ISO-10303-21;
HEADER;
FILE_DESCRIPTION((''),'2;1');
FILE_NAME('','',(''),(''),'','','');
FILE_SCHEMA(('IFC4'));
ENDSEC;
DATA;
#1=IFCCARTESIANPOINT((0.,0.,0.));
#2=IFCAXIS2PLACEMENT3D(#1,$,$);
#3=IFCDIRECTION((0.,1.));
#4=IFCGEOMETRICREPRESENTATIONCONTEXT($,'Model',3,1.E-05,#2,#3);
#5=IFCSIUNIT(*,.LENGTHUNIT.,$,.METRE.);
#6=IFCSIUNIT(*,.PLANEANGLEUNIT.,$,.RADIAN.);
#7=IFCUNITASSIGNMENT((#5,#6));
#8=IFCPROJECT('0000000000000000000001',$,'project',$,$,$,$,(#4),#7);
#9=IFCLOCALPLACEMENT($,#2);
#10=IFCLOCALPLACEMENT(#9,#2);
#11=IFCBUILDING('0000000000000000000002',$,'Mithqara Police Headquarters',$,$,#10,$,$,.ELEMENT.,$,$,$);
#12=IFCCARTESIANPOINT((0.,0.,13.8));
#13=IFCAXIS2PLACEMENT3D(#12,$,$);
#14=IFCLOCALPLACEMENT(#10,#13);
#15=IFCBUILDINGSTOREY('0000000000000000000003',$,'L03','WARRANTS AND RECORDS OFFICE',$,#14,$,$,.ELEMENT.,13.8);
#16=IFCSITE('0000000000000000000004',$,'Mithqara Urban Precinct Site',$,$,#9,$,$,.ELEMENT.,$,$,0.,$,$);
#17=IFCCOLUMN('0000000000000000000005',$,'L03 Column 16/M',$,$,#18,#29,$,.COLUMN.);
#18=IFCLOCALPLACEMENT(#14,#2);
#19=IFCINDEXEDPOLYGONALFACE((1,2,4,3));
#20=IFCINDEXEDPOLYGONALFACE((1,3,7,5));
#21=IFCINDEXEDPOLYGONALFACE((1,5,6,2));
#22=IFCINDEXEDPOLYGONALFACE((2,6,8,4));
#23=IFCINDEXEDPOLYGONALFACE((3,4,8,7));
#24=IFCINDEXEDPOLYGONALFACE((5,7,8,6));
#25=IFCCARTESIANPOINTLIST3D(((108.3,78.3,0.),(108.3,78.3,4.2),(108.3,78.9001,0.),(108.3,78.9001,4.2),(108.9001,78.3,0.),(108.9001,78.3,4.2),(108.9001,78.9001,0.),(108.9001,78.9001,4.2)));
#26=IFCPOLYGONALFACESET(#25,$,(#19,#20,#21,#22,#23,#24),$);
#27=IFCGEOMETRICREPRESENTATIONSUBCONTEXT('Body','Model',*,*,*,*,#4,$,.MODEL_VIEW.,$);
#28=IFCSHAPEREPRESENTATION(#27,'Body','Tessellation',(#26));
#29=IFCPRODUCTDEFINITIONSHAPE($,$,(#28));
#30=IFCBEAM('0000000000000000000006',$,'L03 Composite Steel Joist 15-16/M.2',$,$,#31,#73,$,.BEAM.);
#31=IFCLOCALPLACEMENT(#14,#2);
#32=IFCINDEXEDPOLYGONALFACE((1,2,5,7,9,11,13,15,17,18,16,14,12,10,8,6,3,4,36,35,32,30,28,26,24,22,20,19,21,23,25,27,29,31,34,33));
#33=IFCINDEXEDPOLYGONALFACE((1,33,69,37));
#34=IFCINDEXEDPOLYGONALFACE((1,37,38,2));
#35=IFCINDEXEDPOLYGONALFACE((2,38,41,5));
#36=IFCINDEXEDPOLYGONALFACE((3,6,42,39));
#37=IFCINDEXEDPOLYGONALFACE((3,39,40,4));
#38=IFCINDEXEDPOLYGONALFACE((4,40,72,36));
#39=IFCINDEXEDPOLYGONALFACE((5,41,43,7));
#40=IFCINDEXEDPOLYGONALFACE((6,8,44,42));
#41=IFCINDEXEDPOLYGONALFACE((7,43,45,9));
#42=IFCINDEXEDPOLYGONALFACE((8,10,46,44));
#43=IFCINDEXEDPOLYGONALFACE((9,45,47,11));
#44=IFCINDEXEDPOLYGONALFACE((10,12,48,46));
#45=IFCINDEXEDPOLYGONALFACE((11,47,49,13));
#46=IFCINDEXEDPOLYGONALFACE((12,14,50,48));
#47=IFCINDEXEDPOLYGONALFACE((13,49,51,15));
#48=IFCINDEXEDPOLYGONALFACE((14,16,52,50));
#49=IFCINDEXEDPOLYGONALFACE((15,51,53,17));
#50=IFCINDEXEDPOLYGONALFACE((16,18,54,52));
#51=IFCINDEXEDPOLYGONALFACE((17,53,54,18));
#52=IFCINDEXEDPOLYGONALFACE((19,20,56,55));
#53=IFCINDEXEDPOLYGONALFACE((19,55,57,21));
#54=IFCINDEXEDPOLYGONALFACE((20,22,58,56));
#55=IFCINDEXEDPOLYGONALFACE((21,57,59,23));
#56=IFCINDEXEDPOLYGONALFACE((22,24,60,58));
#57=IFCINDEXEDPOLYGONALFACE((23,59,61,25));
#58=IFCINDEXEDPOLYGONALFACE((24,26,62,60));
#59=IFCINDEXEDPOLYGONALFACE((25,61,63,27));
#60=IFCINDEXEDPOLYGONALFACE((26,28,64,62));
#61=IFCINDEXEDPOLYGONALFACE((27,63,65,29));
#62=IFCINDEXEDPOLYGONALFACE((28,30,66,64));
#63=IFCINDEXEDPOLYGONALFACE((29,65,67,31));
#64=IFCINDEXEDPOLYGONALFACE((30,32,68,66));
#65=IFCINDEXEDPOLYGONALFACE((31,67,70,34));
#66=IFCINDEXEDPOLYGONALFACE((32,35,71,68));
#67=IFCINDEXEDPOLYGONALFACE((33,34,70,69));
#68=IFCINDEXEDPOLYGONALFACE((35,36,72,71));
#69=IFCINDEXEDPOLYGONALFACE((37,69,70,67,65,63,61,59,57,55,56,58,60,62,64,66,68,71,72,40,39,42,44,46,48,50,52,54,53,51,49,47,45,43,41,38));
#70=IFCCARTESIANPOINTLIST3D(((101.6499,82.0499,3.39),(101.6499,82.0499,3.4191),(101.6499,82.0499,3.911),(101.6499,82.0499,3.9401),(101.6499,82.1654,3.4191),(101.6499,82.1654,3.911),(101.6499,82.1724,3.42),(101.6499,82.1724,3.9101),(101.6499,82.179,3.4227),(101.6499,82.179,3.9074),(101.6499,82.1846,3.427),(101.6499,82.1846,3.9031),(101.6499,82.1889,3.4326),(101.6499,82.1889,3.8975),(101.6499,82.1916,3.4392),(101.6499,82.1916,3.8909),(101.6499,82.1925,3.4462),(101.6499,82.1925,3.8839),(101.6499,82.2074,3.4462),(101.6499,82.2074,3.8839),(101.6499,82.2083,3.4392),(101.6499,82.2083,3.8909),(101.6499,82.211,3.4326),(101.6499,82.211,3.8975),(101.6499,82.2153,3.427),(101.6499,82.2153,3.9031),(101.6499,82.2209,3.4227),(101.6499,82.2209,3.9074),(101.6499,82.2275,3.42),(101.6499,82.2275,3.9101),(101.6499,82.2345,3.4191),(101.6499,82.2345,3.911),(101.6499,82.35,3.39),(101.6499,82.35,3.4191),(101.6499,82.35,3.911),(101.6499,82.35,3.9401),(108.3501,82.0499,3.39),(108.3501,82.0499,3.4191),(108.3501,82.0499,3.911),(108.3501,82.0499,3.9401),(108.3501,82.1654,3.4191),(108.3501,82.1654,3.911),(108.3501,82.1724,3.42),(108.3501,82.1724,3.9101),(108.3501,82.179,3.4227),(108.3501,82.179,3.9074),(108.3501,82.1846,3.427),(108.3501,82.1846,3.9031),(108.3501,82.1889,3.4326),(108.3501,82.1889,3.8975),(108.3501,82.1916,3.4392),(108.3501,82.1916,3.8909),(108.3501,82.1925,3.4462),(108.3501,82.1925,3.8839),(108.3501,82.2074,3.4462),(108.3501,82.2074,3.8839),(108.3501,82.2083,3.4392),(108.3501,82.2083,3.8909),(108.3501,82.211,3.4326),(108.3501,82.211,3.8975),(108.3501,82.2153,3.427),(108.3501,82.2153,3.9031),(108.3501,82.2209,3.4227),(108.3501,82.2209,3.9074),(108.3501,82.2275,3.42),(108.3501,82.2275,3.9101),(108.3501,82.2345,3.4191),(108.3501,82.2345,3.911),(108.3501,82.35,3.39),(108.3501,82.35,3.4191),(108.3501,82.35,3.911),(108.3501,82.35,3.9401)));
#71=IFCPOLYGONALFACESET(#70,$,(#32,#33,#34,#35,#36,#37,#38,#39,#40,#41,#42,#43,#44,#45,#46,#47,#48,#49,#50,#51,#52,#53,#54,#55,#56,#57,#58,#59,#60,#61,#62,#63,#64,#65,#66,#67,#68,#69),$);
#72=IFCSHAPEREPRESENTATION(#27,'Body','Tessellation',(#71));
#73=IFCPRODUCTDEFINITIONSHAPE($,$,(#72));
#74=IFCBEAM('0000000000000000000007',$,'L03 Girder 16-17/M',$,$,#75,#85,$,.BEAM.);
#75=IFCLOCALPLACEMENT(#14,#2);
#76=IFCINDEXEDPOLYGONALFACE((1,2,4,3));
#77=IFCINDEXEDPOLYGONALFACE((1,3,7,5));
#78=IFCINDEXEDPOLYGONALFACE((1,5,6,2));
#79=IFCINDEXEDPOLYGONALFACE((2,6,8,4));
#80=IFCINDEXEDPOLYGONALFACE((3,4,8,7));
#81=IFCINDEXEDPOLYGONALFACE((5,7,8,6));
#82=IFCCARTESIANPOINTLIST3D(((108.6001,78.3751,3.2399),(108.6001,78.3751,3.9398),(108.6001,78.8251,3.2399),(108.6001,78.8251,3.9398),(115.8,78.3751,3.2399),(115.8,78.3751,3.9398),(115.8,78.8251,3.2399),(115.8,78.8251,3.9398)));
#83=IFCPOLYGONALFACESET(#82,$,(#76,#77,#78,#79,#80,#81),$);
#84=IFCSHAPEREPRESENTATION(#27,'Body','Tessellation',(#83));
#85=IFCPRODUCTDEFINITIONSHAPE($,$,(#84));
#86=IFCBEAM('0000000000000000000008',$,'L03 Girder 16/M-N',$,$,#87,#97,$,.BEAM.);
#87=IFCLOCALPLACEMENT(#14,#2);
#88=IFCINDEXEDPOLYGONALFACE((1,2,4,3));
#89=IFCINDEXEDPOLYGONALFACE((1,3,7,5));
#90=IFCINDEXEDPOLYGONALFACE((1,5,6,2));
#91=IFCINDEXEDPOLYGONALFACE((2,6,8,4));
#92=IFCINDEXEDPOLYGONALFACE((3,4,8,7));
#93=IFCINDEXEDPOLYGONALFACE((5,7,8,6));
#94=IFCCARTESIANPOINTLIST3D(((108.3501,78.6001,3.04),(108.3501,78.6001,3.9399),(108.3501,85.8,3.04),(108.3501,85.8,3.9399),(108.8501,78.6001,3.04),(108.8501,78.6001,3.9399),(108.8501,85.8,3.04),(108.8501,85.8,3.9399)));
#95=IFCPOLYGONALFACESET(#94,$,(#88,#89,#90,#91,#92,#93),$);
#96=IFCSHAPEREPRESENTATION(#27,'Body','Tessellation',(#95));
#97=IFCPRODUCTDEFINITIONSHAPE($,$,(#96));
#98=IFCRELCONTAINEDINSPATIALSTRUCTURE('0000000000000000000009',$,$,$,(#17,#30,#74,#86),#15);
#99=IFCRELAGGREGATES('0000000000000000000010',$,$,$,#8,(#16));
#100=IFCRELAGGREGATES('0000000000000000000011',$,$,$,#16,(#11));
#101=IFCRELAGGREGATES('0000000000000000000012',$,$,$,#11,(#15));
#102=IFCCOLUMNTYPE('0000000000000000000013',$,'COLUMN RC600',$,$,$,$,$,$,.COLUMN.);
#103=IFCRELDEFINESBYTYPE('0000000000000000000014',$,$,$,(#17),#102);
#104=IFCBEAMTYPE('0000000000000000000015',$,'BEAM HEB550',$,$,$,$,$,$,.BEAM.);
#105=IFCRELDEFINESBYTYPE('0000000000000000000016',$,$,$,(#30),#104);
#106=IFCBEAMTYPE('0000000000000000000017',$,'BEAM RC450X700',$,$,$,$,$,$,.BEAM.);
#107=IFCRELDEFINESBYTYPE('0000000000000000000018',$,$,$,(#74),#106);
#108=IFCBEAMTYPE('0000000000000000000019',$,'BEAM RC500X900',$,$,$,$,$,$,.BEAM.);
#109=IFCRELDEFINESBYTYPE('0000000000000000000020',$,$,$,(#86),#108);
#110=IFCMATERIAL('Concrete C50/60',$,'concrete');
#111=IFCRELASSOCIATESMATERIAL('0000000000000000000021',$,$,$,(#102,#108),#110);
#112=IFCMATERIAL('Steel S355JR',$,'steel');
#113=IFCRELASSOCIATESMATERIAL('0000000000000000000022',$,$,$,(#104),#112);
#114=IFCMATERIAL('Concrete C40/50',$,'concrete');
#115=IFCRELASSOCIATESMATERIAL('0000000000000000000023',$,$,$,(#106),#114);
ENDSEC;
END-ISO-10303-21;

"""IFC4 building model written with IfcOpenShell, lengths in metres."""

from ifc_helpers import new_model, si_unit, direction, frame, origin, origin_2d, place, context, subcontext, project, spatial, rectangle, i_section, extrude, material, material_profile, profile_set, type_object, element, save


model = new_model("IFC4")

# Units and contexts
model_context = context("Model", 3, precision=1e-05, world=origin(), true_north=direction((0.0, 1.0)))
body_context = subcontext(model_context, "Body", "Model", "MODEL_VIEW")
ifc_project = project(units=[si_unit("LENGTHUNIT", "METRE"), si_unit("PLANEANGLEUNIT", "RADIAN")], contexts=[model_context])

# Site, building, storey
site_placement = place(None, origin())
site = spatial("IfcSite", under=ifc_project, at=site_placement, Name="Mithqara Urban Precinct Site", CompositionType="ELEMENT", RefElevation=0.0)
building_placement = place(site_placement, origin())
building = spatial("IfcBuilding", under=site, at=building_placement, Name="Mithqara Police Headquarters", CompositionType="ELEMENT")
storey_placement = place(building_placement, frame((0.0, 0.0, 13.8)))
storey = spatial("IfcBuildingStorey", under=building, at=storey_placement, Name="L03", Description="WARRANTS AND RECORDS OFFICE", CompositionType="ELEMENT", Elevation=13.8)

# Column
ifc_material_1 = material(Name="Concrete C50/60", Category="concrete")
ifc_material_profile_1 = material_profile(ifc_material_1, rectangle(XDim=0.6001, YDim=0.6001, at=origin_2d()), Name="RC 600x600")
ifc_profile_set_1 = profile_set([ifc_material_profile_1], Name="Concrete C50/60")
column_type = type_object("IfcColumnType", Name="COLUMN RC600", PredefinedType="COLUMN", material=ifc_profile_set_1)
column_placement = place(storey_placement, frame((108.6001, 78.6001, 0.0), z_axis=(0.0, 0.0, 1.0), x_axis=(1.0, 0.0, 0.0)))
element("IfcColumn", 1, at=column_placement, inside=storey, type_object=column_type, Name="L03 Column 16/M", PredefinedType="COLUMN", context=body_context, shape_type="SweptSolid", body=[
    extrude(rectangle(XDim=0.6001, YDim=0.6001, at=origin_2d()), origin(), (0.0, 0.0, 1.0), 4.2),
])

# Beams
ifc_material_2 = material(Name="Steel S355JR", Category="steel")
ifc_material_profile_2 = material_profile(ifc_material_2, i_section(OverallWidth=0.3, OverallDepth=0.55, WebThickness=0.0149, FlangeThickness=0.0291, FilletRadius=0.0271, at=origin_2d()), Name="HEB 550")
ifc_profile_set_2 = profile_set([ifc_material_profile_2], Name="Steel S355JR")
beam_type_1 = type_object("IfcBeamType", Name="BEAM HEB550", PredefinedType="BEAM", material=ifc_profile_set_2)
beam_1_placement = place(storey_placement, frame((101.6499, 82.2, 3.665), z_axis=(1.0, 0.0, 0.0), x_axis=(0.0, 1.0, 0.0)))
element("IfcBeam", 2, at=beam_1_placement, inside=storey, type_object=beam_type_1, Name="L03 Composite Steel Joist 15-16/M.2", PredefinedType="BEAM", context=body_context, shape_type="SweptSolid", body=[
    extrude(i_section(OverallWidth=0.3, OverallDepth=0.55, WebThickness=0.0149, FlangeThickness=0.0291, FilletRadius=0.0271, at=origin_2d()), origin(), (0.0, 0.0, 1.0), 6.7002),
])
ifc_material_3 = material(Name="Concrete C40/50", Category="concrete")
ifc_material_profile_3 = material_profile(ifc_material_3, rectangle(XDim=0.45, YDim=0.7, at=origin_2d()), Name="RC 450x700")
ifc_profile_set_3 = profile_set([ifc_material_profile_3], Name="Concrete C40/50")
beam_type_2 = type_object("IfcBeamType", Name="BEAM RC450X700", PredefinedType="BEAM", material=ifc_profile_set_3)
beam_2_placement = place(storey_placement, frame((108.6001, 78.6001, 3.5898), z_axis=(1.0, 0.0, 0.0), x_axis=(0.0, 1.0, 0.0)))
element("IfcBeam", 3, at=beam_2_placement, inside=storey, type_object=beam_type_2, Name="L03 Girder 16-17/M", PredefinedType="BEAM", context=body_context, shape_type="SweptSolid", body=[
    extrude(rectangle(XDim=0.45, YDim=0.7, at=origin_2d()), origin(), (0.0, 0.0, 1.0), 7.2),
])
ifc_material_profile_4 = material_profile(ifc_material_1, rectangle(XDim=0.5, YDim=0.8999, at=origin_2d()), Name="RC 500x900")
ifc_profile_set_4 = profile_set([ifc_material_profile_4], Name="Concrete C50/60")
beam_type_3 = type_object("IfcBeamType", Name="BEAM RC500X900", PredefinedType="BEAM", material=ifc_profile_set_4)
beam_3_placement = place(storey_placement, frame((108.6001, 78.6001, 3.49), z_axis=(0.0, 1.0, 0.0), x_axis=(-1.0, 0.0, 0.0)))
element("IfcBeam", 4, at=beam_3_placement, inside=storey, type_object=beam_type_3, Name="L03 Girder 16/M-N", PredefinedType="BEAM", context=body_context, shape_type="SweptSolid", body=[
    extrude(rectangle(XDim=0.5, YDim=0.8999, at=origin_2d()), origin(), (0.0, 0.0, 1.0), 7.2),
])

save(model, "model.ifc")
